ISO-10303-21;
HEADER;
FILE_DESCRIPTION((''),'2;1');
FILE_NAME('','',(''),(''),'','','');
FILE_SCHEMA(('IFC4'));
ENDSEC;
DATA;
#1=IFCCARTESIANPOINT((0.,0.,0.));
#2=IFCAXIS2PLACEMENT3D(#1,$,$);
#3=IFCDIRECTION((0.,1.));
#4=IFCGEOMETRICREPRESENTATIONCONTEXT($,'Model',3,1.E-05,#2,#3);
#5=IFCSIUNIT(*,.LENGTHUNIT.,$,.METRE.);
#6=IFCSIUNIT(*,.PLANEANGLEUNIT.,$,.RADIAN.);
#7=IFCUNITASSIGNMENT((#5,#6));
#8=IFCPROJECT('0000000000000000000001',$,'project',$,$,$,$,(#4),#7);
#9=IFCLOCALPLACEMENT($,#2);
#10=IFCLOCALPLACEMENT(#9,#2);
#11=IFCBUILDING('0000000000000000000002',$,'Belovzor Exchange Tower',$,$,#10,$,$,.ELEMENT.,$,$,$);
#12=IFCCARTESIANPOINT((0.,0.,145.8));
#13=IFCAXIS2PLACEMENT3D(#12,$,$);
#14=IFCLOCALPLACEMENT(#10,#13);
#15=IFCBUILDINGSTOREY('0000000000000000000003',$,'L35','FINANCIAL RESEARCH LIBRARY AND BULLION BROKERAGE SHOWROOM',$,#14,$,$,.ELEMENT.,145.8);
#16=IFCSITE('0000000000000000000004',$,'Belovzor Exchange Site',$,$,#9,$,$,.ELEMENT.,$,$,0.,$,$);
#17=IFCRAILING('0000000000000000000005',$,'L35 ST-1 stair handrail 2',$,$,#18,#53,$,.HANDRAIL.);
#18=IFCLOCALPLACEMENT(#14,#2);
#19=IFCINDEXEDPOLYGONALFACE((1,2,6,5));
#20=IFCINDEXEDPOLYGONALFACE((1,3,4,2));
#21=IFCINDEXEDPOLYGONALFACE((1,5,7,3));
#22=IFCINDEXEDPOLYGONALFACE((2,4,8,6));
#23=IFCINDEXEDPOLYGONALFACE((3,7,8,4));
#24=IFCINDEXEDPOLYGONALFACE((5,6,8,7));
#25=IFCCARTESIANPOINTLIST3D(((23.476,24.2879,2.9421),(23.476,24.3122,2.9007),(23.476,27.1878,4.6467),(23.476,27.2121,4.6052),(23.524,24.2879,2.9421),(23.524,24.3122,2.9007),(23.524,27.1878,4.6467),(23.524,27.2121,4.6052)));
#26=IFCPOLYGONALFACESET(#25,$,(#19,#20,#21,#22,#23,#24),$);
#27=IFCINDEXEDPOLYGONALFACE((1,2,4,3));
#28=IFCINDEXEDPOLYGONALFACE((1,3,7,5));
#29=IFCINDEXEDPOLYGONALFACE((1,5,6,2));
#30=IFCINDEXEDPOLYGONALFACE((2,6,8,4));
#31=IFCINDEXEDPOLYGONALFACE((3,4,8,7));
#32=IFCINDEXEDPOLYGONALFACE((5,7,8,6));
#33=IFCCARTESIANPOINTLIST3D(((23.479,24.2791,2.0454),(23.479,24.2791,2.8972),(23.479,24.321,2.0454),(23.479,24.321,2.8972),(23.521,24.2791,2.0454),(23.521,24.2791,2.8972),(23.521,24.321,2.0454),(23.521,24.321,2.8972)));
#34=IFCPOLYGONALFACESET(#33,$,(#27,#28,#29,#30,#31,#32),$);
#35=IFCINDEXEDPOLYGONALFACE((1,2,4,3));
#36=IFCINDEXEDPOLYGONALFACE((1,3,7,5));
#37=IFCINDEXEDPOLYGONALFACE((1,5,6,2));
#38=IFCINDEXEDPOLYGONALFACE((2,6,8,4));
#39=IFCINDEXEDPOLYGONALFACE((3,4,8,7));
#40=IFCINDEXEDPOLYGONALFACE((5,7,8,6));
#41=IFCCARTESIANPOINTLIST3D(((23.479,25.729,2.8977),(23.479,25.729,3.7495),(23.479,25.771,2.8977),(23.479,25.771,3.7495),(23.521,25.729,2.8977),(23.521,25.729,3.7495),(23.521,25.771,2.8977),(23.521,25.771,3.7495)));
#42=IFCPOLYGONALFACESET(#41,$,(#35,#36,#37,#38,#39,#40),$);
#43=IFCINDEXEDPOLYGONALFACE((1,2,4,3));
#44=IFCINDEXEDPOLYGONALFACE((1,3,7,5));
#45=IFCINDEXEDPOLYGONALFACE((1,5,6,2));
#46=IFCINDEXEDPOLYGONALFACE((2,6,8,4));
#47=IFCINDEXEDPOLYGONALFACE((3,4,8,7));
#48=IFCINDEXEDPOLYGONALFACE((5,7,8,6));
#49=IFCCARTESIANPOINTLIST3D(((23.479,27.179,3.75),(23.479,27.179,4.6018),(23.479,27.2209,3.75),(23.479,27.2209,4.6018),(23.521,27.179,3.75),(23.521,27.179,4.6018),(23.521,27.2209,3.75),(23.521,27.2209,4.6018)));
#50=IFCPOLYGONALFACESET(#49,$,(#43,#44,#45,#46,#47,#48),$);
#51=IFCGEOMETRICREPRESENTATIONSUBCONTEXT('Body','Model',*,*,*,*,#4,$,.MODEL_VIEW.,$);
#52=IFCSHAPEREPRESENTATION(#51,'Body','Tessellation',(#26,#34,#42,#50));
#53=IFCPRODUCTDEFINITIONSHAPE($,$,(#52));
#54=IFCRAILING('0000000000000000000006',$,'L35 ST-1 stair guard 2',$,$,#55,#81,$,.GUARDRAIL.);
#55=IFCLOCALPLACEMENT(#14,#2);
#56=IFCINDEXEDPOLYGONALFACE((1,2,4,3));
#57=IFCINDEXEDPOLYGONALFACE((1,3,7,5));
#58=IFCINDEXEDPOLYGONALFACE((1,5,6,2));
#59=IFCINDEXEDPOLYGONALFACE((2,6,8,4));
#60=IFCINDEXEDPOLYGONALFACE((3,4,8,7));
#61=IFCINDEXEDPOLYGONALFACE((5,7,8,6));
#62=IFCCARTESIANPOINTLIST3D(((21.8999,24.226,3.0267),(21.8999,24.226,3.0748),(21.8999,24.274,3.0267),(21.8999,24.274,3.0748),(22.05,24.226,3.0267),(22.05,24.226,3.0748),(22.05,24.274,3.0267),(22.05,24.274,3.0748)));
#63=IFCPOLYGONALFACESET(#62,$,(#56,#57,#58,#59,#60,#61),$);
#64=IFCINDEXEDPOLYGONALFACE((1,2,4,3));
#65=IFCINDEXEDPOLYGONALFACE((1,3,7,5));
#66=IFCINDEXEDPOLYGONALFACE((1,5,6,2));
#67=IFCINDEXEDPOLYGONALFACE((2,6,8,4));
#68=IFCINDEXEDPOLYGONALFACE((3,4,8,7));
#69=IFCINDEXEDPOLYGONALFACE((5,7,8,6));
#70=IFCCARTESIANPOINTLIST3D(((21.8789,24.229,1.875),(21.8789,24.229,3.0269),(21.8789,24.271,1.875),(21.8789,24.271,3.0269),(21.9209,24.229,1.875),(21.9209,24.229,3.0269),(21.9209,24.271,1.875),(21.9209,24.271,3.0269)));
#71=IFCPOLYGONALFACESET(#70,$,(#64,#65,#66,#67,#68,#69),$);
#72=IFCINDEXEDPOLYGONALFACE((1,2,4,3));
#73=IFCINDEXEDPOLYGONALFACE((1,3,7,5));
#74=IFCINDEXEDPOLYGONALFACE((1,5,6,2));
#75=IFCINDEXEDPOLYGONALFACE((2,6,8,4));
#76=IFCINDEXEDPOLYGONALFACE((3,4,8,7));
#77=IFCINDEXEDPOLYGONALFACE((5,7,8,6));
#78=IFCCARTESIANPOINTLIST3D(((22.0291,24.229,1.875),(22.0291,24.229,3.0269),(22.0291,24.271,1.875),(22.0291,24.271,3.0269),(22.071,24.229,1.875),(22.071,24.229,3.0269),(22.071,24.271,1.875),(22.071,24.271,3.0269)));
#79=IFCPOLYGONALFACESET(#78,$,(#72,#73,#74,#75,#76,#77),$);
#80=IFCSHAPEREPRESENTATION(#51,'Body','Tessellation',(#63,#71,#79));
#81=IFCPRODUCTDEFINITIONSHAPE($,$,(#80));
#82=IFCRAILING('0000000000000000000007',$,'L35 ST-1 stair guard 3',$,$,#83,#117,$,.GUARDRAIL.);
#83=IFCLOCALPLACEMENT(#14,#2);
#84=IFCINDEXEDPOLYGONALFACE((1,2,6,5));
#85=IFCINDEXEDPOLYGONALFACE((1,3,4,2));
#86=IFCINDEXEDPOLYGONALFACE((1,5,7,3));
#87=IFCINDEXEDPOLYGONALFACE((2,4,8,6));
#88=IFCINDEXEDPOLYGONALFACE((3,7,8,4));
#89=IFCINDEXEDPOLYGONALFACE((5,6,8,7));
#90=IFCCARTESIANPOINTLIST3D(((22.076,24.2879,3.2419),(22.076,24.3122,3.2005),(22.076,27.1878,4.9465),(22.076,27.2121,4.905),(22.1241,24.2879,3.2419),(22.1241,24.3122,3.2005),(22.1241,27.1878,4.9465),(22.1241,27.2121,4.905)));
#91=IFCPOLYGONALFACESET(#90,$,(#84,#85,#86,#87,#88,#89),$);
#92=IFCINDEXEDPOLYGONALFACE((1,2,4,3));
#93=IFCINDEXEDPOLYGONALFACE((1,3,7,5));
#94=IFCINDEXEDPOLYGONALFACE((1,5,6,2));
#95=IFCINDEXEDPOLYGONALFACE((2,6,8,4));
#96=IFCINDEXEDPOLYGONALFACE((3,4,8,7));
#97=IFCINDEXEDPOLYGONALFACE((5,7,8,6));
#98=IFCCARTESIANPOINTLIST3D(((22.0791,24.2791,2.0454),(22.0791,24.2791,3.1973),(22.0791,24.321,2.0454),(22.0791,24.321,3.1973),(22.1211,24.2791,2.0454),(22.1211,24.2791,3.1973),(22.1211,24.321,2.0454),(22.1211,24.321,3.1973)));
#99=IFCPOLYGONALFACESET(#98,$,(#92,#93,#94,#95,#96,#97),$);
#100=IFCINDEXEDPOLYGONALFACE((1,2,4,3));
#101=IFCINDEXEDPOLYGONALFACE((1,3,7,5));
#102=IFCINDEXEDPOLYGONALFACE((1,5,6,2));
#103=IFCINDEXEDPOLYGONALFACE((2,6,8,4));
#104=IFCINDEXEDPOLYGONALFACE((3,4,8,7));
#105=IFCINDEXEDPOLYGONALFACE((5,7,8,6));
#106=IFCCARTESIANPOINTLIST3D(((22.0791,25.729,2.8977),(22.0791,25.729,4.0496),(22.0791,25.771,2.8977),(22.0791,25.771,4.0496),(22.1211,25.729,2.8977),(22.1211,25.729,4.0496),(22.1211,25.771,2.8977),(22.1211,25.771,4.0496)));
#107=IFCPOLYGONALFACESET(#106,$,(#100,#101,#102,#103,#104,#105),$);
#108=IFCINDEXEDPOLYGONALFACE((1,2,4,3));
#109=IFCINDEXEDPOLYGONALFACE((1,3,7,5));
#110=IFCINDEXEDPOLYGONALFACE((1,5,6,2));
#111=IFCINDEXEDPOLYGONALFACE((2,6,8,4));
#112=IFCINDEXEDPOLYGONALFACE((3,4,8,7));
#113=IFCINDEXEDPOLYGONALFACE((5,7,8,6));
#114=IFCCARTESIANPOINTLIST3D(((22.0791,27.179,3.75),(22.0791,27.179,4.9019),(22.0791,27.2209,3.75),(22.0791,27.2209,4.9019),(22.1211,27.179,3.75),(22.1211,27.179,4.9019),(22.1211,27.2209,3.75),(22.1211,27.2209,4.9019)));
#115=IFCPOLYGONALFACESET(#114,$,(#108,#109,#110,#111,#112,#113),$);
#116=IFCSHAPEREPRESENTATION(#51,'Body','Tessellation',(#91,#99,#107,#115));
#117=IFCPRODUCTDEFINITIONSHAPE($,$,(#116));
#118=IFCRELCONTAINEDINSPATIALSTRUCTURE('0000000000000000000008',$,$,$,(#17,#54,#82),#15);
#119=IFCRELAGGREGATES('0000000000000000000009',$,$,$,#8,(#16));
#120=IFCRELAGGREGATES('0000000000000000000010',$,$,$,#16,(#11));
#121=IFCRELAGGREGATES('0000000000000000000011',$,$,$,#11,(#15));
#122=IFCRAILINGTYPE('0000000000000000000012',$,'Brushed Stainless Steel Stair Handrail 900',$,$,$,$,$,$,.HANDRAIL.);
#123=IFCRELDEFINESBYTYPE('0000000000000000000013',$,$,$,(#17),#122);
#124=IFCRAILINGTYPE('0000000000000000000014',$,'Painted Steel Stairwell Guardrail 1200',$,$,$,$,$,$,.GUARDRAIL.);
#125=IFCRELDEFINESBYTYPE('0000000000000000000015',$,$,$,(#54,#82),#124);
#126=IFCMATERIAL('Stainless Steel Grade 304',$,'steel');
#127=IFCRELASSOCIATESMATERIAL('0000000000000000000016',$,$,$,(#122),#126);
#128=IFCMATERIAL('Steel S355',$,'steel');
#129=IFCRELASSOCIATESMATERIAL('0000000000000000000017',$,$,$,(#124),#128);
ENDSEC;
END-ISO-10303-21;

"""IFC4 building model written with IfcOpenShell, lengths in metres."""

from ifc_helpers import new_model, si_unit, direction, frame, origin, origin_2d, place, context, subcontext, project, spatial, rectangle, extrude, material, type_object, element, save


model = new_model("IFC4")

# Units and contexts
model_context = context("Model", 3, precision=1e-05, world=origin(), true_north=direction((0.0, 1.0)))
body_context = subcontext(model_context, "Body", "Model", "MODEL_VIEW")
ifc_project = project(units=[si_unit("LENGTHUNIT", "METRE"), si_unit("PLANEANGLEUNIT", "RADIAN")], contexts=[model_context])

# Site, building, storey
site_placement = place(None, origin())
site = spatial("IfcSite", under=ifc_project, at=site_placement, Name="Belovzor Exchange Site", CompositionType="ELEMENT", RefElevation=0.0)
building_placement = place(site_placement, origin())
building = spatial("IfcBuilding", under=site, at=building_placement, Name="Belovzor Exchange Tower", CompositionType="ELEMENT")
storey_placement = place(building_placement, frame((0.0, 0.0, 145.8)))
storey = spatial("IfcBuildingStorey", under=building, at=storey_placement, Name="L35", Description="FINANCIAL RESEARCH LIBRARY AND BULLION BROKERAGE SHOWROOM", CompositionType="ELEMENT", Elevation=145.8)

# Railings
ifc_material_1 = material(Name="Stainless Steel Grade 304", Category="steel")
railing_type_1 = type_object("IfcRailingType", Name="Brushed Stainless Steel Stair Handrail 900", PredefinedType="HANDRAIL", material=ifc_material_1)
railing_1_placement = place(storey_placement, frame((23.5, 24.3, 2.0454)))
element("IfcRailing", 1, at=railing_1_placement, inside=storey, type_object=railing_type_1, Name="L35 ST-1 stair handrail 2", PredefinedType="HANDRAIL", context=body_context, shape_type="SweptSolid", body=[
    extrude(rectangle(XDim=0.0481, YDim=0.0481, at=origin_2d()), frame((0.0, 0.0, 0.876), z_axis=(0.0, 0.862095, 0.506747), x_axis=(-1.0, 0.0, 0.0)), (0.0, 0.0, 1.0), 3.3638),
    extrude(rectangle(XDim=0.042, YDim=0.042, at=origin_2d()), origin(), (0.0, 0.0, 1.0), 0.8518),
    extrude(rectangle(XDim=0.042, YDim=0.042, at=origin_2d()), frame((0.0, 1.45, 0.8523)), (0.0, 0.0, 1.0), 0.8518),
    extrude(rectangle(XDim=0.042, YDim=0.042, at=origin_2d()), frame((0.0, 2.8999, 1.7046)), (0.0, 0.0, 1.0), 0.8518),
])
ifc_material_2 = material(Name="Steel S355", Category="steel")
railing_type_2 = type_object("IfcRailingType", Name="Painted Steel Stairwell Guardrail 1200", PredefinedType="GUARDRAIL", material=ifc_material_2)
railing_2_placement = place(storey_placement, frame((21.8999, 24.25, 1.875)))
element("IfcRailing", 2, at=railing_2_placement, inside=storey, type_object=railing_type_2, Name="L35 ST-1 stair guard 2", PredefinedType="GUARDRAIL", context=body_context, shape_type="SweptSolid", body=[
    extrude(rectangle(XDim=0.0481, YDim=0.0481, at=origin_2d()), frame((0.0, 0.0, 1.1758), z_axis=(1.0, 0.0, 0.0), x_axis=(0.0, 1.0, 0.0)), (0.0, 0.0, 1.0), 0.1501),
    extrude(rectangle(XDim=0.042, YDim=0.042, at=origin_2d()), origin(), (0.0, 0.0, 1.0), 1.1519),
    extrude(rectangle(XDim=0.042, YDim=0.042, at=origin_2d()), frame((0.1501, 0.0, 0.0)), (0.0, 0.0, 1.0), 1.1519),
])
railing_3_placement = place(storey_placement, frame((22.1001, 24.3, 2.0454)))
element("IfcRailing", 3, at=railing_3_placement, inside=storey, type_object=railing_type_2, Name="L35 ST-1 stair guard 3", PredefinedType="GUARDRAIL", context=body_context, shape_type="SweptSolid", body=[
    extrude(rectangle(XDim=0.0481, YDim=0.0481, at=origin_2d()), frame((0.0, 0.0, 1.1758), z_axis=(0.0, 0.862095, 0.506747), x_axis=(-1.0, 0.0, 0.0)), (0.0, 0.0, 1.0), 3.3638),
    extrude(rectangle(XDim=0.042, YDim=0.042, at=origin_2d()), origin(), (0.0, 0.0, 1.0), 1.1519),
    extrude(rectangle(XDim=0.042, YDim=0.042, at=origin_2d()), frame((0.0, 1.45, 0.8523)), (0.0, 0.0, 1.0), 1.1519),
    extrude(rectangle(XDim=0.042, YDim=0.042, at=origin_2d()), frame((0.0, 2.8999, 1.7046)), (0.0, 0.0, 1.0), 1.1519),
])

save(model, "model.ifc")
